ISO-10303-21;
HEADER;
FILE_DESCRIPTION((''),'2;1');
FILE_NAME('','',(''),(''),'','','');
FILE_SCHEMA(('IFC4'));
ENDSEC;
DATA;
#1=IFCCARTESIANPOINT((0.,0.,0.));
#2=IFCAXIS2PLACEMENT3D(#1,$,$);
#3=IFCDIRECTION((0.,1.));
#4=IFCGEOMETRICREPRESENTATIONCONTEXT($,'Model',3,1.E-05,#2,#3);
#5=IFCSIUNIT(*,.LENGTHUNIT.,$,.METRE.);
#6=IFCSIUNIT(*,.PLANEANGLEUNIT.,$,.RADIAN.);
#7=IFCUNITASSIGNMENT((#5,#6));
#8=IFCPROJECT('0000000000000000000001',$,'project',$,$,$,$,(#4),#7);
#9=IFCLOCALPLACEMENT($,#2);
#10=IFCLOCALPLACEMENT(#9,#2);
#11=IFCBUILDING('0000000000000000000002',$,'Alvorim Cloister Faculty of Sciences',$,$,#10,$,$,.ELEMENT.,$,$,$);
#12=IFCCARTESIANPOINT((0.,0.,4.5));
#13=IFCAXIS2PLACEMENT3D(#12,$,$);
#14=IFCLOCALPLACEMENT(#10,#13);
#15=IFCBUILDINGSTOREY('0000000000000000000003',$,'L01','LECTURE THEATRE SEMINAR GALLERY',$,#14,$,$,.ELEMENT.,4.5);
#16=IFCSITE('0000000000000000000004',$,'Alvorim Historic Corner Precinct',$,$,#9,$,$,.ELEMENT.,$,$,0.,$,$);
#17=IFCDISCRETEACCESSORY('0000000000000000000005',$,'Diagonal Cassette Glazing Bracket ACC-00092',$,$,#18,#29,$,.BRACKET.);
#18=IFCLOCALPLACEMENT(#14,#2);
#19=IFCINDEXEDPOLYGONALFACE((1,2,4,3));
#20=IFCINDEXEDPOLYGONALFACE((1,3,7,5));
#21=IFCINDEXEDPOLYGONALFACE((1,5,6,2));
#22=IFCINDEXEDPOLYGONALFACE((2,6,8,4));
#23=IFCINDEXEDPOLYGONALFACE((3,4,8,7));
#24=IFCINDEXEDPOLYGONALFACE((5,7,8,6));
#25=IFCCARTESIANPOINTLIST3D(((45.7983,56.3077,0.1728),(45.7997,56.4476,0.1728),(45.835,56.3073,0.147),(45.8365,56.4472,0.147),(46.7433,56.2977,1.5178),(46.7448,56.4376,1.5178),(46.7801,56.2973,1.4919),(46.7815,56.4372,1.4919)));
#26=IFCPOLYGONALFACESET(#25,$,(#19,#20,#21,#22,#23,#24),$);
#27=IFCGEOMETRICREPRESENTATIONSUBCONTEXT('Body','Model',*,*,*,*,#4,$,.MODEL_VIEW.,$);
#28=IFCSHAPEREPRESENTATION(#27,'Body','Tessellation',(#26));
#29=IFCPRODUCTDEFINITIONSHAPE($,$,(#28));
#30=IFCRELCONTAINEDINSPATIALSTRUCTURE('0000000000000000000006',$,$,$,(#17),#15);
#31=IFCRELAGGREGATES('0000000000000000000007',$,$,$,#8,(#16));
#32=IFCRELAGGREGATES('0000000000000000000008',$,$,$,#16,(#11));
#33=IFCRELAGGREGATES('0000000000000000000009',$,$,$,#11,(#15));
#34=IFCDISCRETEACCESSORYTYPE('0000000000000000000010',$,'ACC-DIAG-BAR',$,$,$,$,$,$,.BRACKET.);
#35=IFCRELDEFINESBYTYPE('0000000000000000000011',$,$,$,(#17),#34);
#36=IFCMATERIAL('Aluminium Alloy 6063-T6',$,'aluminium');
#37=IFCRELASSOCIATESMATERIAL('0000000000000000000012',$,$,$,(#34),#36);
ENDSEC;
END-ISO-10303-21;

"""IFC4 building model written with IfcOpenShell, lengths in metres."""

from ifc_helpers import new_model, si_unit, direction, frame, origin, origin_2d, place, context, subcontext, project, spatial, rectangle, extrude, material, type_object, element, save


model = new_model("IFC4")

# Units and contexts
model_context = context("Model", 3, precision=1e-05, world=origin(), true_north=direction((0.0, 1.0)))
body_context = subcontext(model_context, "Body", "Model", "MODEL_VIEW")
ifc_project = project(units=[si_unit("LENGTHUNIT", "METRE"), si_unit("PLANEANGLEUNIT", "RADIAN")], contexts=[model_context])

# Site, building, storey
site_placement = place(None, origin())
site = spatial("IfcSite", under=ifc_project, at=site_placement, Name="Alvorim Historic Corner Precinct", CompositionType="ELEMENT", RefElevation=0.0)
building_placement = place(site_placement, origin())
building = spatial("IfcBuilding", under=site, at=building_placement, Name="Alvorim Cloister Faculty of Sciences", CompositionType="ELEMENT")
storey_placement = place(building_placement, frame((0.0, 0.0, 4.5)))
storey = spatial("IfcBuildingStorey", under=building, at=storey_placement, Name="L01", Description="LECTURE THEATRE SEMINAR GALLERY", CompositionType="ELEMENT", Elevation=4.5)

# Discrete accessory
ifc_material_1 = material(Name="Aluminium Alloy 6063-T6", Category="aluminium")
discrete_accessory_type = type_object("IfcDiscreteAccessoryType", Name="ACC-DIAG-BAR", PredefinedType="BRACKET", material=ifc_material_1)
for number, where, z_axis, x_axis, name in (
    (1, (45.8174, 56.3774, 0.1599), (0.574916, -0.006089, 0.81819), (0.010591, 0.999944, 0.0), "Diagonal Cassette Glazing Bracket ACC-00092"),
):
    element("IfcDiscreteAccessory", number, at=place(storey_placement, frame(where, z_axis=z_axis, x_axis=x_axis)), inside=storey, type_object=discrete_accessory_type, Name=name, PredefinedType="BRACKET", context=body_context, shape_type="SweptSolid", body=[
        extrude(rectangle(XDim=0.1399, YDim=0.0449, at=origin_2d()), origin(), (0.0, 0.0, 1.0), 1.6438),
    ])

save(model, "model.ifc")
